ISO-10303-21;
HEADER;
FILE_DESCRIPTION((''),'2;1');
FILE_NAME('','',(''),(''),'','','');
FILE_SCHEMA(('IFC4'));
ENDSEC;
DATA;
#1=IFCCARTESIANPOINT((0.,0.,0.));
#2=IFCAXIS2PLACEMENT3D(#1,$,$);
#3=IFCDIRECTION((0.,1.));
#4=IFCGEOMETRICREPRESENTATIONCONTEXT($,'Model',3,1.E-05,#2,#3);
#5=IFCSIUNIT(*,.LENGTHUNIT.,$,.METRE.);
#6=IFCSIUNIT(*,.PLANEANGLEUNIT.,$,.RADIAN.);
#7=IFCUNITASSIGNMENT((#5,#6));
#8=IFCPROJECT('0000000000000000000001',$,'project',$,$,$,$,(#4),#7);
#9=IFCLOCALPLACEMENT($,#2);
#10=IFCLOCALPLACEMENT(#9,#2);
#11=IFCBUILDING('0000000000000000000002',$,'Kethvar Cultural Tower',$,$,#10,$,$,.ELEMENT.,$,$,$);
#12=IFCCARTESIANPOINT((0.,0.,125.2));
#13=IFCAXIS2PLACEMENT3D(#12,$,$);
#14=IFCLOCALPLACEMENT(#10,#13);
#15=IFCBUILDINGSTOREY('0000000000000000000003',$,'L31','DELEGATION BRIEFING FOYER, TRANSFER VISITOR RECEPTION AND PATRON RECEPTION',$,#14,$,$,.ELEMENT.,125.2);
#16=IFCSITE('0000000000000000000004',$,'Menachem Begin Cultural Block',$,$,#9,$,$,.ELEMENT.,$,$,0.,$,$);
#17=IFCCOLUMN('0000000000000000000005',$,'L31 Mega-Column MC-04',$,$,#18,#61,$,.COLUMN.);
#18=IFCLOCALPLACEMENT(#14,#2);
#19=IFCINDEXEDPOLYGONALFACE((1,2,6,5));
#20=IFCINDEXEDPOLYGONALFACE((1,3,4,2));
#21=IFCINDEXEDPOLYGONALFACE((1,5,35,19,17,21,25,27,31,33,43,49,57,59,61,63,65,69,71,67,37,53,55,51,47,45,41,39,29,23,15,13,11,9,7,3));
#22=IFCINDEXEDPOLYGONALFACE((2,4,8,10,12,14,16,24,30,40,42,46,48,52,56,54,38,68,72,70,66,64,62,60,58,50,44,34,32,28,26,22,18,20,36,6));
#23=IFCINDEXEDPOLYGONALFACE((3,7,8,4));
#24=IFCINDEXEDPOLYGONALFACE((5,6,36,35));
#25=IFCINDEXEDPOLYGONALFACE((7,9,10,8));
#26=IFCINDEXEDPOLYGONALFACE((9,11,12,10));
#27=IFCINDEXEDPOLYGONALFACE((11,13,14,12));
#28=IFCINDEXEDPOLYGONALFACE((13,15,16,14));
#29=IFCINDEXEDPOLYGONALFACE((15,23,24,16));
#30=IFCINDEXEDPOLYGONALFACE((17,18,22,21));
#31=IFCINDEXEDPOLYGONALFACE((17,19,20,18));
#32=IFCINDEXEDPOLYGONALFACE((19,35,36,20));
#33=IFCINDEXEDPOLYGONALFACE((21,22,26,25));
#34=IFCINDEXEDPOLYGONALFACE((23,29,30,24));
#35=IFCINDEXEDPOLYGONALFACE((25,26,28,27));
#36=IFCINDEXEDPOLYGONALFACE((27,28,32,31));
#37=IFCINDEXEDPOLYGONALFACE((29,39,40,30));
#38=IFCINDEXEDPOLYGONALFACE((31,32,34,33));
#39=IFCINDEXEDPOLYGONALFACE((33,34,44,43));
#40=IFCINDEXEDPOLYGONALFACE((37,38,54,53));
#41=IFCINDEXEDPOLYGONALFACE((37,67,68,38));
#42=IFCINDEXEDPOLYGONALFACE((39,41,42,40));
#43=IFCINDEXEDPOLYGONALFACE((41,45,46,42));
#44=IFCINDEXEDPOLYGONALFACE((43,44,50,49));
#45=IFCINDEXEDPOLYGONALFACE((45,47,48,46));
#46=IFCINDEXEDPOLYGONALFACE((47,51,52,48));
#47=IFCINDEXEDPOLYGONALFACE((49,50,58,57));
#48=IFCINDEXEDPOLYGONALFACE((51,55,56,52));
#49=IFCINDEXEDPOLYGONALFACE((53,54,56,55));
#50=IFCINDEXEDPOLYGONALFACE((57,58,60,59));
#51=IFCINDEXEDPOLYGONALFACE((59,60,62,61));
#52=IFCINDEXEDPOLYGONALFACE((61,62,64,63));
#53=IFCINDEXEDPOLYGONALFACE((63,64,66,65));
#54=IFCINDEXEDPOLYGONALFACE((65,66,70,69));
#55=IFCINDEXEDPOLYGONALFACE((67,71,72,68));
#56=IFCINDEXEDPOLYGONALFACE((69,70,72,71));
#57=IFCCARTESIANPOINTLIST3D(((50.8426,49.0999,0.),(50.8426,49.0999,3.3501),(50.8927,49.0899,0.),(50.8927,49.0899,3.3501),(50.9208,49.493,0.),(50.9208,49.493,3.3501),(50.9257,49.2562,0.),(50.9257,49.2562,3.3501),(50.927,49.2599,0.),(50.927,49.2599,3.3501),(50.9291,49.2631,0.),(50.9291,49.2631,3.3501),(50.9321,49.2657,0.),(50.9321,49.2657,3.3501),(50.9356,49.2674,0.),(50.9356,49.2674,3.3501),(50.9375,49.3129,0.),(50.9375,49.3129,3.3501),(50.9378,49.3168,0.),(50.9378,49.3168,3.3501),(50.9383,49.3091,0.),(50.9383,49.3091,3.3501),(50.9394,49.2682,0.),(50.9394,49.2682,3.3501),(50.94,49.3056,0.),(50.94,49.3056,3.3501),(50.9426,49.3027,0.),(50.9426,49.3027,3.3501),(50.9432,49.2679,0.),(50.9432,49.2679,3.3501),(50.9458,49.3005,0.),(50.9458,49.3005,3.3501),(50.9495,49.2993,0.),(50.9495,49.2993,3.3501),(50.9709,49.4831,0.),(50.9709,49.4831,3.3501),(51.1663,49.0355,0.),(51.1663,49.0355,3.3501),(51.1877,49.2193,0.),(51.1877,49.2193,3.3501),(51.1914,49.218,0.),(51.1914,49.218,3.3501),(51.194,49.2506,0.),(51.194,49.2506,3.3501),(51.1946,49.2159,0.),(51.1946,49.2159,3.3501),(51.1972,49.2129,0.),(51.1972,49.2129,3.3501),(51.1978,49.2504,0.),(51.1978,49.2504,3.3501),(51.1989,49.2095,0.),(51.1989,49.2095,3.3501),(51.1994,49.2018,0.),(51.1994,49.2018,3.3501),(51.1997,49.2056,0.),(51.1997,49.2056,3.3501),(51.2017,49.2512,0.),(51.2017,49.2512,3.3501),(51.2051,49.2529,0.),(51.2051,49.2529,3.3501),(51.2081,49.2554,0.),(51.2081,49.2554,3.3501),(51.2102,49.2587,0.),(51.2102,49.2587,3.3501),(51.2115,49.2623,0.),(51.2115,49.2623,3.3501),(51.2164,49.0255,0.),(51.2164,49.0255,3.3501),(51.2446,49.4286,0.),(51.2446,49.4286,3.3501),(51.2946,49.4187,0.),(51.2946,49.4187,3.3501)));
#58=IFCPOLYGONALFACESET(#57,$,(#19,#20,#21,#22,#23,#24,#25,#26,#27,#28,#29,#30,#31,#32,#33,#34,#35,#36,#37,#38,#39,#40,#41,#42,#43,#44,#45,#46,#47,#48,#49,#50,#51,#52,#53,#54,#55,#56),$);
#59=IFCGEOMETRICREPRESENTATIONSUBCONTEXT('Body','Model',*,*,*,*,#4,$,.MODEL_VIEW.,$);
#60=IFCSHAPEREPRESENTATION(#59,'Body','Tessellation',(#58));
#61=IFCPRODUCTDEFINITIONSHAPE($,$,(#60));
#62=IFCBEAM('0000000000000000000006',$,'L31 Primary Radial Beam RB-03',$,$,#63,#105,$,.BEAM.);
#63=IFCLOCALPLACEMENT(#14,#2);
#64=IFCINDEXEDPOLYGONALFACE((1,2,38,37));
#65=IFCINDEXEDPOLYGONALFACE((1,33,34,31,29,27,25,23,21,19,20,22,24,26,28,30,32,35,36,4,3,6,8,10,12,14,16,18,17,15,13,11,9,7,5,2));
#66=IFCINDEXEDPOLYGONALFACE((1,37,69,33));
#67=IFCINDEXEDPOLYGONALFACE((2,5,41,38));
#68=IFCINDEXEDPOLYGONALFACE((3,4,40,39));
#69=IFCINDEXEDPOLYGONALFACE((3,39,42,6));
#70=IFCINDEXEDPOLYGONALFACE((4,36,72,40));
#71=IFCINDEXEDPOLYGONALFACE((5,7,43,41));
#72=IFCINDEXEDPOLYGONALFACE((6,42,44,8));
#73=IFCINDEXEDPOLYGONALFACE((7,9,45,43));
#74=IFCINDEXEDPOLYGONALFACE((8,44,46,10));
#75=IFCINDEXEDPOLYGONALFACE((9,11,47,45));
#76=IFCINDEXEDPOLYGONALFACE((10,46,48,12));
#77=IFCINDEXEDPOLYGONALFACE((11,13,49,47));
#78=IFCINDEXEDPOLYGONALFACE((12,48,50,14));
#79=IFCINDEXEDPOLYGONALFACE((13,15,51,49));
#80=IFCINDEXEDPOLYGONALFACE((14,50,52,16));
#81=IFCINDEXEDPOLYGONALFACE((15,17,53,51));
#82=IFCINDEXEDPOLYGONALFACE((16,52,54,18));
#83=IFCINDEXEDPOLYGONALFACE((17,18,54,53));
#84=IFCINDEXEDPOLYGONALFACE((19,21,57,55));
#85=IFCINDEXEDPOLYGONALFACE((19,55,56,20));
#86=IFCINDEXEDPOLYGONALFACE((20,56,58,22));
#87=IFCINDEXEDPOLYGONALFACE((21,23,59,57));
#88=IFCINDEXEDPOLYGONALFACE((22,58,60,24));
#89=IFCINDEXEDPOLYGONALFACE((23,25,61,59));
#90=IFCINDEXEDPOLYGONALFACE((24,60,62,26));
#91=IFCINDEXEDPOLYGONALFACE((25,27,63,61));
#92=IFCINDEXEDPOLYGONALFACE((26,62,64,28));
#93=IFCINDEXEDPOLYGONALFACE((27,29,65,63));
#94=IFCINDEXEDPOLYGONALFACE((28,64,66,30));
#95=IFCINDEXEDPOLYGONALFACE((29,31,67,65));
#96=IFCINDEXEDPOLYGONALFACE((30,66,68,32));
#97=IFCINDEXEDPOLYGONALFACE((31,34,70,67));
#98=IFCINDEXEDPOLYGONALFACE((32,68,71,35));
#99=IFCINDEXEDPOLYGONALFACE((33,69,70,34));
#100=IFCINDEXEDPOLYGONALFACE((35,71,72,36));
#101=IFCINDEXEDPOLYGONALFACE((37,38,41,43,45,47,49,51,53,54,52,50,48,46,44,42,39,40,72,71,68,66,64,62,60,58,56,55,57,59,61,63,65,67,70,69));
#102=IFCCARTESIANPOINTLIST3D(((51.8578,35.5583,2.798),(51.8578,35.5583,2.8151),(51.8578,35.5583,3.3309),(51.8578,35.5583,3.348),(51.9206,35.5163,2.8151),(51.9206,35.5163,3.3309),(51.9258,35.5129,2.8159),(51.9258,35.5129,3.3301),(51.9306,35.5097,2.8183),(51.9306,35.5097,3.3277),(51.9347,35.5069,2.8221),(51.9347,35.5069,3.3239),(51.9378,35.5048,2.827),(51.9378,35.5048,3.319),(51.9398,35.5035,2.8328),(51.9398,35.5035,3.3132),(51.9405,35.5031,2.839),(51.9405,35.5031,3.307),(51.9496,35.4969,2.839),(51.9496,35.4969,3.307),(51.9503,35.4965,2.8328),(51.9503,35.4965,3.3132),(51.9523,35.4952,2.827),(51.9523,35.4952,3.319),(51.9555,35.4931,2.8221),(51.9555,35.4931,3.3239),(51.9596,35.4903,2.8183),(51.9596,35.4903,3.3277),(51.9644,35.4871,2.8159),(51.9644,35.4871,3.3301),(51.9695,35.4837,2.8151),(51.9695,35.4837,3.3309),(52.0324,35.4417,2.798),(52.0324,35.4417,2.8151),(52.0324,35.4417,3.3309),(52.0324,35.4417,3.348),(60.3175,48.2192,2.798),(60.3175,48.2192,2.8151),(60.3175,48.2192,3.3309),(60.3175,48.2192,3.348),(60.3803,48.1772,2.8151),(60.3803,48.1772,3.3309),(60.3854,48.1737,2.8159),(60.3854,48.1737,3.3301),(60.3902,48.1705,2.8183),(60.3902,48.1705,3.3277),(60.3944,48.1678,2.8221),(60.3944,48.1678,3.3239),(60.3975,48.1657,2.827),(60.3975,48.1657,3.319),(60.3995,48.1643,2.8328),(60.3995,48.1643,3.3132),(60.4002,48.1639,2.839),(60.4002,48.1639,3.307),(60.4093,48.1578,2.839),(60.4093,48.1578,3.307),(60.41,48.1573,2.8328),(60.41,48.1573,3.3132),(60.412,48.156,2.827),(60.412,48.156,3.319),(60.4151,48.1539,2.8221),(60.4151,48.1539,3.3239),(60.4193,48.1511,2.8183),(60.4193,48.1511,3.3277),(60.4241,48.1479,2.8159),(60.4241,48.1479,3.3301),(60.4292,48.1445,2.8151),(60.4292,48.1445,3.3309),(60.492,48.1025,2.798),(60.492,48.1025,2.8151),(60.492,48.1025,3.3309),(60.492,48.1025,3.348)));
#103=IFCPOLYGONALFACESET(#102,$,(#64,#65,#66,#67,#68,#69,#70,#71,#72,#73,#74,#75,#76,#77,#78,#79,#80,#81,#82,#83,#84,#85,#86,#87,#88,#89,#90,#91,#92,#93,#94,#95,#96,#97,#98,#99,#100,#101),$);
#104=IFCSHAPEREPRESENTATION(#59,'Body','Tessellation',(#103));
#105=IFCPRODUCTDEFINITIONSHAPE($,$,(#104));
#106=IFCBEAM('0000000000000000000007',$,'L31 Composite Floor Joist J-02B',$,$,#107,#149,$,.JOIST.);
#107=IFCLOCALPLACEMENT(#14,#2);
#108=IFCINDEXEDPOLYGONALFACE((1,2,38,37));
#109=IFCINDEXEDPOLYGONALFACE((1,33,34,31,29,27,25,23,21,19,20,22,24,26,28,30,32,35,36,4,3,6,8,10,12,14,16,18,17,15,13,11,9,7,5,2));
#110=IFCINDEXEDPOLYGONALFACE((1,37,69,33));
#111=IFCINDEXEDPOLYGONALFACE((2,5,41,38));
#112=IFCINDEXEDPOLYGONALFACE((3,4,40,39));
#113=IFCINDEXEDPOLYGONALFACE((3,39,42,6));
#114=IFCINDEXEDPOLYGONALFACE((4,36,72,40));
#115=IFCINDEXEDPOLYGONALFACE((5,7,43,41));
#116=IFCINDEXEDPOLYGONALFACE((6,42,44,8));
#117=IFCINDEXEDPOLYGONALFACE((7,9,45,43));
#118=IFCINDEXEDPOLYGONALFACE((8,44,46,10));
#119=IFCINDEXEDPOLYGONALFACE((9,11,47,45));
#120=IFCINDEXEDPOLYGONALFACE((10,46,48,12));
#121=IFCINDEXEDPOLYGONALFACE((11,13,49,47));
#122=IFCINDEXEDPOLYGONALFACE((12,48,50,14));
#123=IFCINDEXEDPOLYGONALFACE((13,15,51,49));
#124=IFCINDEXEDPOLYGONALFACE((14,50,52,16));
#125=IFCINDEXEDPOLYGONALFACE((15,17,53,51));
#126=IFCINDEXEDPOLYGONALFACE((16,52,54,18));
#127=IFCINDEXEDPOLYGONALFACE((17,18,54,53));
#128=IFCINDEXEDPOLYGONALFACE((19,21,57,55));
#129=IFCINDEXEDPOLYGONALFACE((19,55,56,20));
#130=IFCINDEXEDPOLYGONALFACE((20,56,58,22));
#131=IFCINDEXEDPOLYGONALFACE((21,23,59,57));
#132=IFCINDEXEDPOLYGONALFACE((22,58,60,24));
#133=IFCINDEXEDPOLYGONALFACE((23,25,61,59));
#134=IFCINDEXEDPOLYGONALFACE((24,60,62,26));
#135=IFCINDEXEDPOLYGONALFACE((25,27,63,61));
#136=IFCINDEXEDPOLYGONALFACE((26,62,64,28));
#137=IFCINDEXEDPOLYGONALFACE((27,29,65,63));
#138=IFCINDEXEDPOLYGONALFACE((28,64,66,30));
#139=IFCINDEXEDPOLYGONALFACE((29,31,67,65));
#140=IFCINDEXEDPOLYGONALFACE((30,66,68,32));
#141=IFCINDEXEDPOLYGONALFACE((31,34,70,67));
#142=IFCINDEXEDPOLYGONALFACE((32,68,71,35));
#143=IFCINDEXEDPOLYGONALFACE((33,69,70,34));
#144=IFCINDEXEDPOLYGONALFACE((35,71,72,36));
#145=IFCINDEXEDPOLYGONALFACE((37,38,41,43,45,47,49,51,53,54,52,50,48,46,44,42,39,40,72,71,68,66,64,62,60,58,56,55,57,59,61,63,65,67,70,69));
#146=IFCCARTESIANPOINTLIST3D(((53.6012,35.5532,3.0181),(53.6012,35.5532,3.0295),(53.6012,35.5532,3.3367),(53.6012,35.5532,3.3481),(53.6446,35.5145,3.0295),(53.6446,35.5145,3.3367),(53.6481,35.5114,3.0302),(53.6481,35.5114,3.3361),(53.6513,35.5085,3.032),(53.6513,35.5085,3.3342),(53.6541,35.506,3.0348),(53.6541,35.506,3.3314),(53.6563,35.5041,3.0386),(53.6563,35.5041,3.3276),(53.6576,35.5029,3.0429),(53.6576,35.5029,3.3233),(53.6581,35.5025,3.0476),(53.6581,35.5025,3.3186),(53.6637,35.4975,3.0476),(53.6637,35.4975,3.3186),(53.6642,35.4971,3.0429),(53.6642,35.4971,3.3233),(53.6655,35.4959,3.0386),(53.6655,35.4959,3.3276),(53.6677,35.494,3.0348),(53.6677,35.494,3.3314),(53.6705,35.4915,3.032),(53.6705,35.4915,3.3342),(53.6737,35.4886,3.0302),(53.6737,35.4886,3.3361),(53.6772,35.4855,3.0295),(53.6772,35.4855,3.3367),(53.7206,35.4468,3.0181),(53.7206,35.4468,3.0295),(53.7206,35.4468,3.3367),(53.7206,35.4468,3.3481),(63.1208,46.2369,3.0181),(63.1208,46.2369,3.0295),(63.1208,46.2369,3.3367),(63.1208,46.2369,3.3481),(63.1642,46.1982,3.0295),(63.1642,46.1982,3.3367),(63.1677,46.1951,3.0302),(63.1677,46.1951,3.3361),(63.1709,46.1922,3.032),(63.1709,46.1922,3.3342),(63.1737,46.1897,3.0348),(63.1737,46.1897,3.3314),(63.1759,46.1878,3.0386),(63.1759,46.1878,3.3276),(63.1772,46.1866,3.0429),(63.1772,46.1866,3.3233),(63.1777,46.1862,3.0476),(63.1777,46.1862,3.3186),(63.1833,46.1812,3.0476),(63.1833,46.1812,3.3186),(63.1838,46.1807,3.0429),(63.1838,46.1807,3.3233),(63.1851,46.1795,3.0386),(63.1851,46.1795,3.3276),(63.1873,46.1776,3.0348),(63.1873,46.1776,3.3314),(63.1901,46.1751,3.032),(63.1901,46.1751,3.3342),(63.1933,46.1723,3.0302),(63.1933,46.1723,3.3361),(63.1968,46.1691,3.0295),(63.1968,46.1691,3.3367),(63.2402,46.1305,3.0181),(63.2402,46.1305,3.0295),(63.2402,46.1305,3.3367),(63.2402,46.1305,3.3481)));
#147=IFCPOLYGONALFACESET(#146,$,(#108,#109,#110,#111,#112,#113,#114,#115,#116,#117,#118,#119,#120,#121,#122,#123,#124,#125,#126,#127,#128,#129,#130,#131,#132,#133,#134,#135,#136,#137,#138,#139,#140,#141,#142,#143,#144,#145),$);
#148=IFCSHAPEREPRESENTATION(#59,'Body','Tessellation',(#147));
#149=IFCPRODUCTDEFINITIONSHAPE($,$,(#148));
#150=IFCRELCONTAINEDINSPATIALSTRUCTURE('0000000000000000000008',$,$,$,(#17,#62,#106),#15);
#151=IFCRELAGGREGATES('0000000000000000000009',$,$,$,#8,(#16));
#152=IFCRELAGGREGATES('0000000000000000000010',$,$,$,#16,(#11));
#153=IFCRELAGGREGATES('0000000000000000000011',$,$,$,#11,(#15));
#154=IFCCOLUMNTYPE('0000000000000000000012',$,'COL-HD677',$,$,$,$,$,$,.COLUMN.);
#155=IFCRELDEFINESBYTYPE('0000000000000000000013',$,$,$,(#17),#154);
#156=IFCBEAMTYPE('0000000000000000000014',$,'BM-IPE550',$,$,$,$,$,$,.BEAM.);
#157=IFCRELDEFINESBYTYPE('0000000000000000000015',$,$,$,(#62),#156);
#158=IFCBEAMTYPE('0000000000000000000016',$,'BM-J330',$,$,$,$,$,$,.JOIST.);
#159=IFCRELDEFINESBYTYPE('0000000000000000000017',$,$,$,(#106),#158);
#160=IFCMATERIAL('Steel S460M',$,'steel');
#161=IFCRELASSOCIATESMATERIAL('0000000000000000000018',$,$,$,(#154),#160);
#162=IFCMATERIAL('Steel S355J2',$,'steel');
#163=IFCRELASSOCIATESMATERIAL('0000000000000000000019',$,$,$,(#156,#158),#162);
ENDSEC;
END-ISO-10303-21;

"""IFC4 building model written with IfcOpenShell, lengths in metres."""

from ifc_helpers import new_model, si_unit, direction, frame, origin, origin_2d, place, context, subcontext, project, spatial, i_section, extrude, source, transform, mapped, material, material_profile, profile_set, type_object, element, save


model = new_model("IFC4")

# Units and contexts
model_context = context("Model", 3, precision=1e-05, world=origin(), true_north=direction((0.0, 1.0)))
body_context = subcontext(model_context, "Body", "Model", "MODEL_VIEW")
ifc_project = project(units=[si_unit("LENGTHUNIT", "METRE"), si_unit("PLANEANGLEUNIT", "RADIAN")], contexts=[model_context])

# Site, building, storey
site_placement = place(None, origin())
site = spatial("IfcSite", under=ifc_project, at=site_placement, Name="Menachem Begin Cultural Block", CompositionType="ELEMENT", RefElevation=0.0)
building_placement = place(site_placement, origin())
building = spatial("IfcBuilding", under=site, at=building_placement, Name="Kethvar Cultural Tower", CompositionType="ELEMENT")
storey_placement = place(building_placement, frame((0.0, 0.0, 125.2)))
storey = spatial("IfcBuildingStorey", under=building, at=storey_placement, Name="L31", Description="DELEGATION BRIEFING FOYER, TRANSFER VISITOR RECEPTION AND PATRON RECEPTION", CompositionType="ELEMENT", Elevation=125.2)

# Column
ifc_material_1 = material(Name="Steel S460M", Category="steel")
ifc_material_profile_1 = material_profile(ifc_material_1, i_section(OverallWidth=0.4009, OverallDepth=0.3811, WebThickness=0.032, FlangeThickness=0.051, FilletRadius=0.0149, at=origin_2d()), Name="Steel S460M — HD400x677")
ifc_profile_set_1 = profile_set([ifc_material_profile_1], Name="Steel S460M — HD400x677")
column_type = type_object("IfcColumnType", Name="COL-HD677", PredefinedType="COLUMN", material=ifc_profile_set_1)
shared_shape_1 = source(origin(), body_context, "Body", "SweptSolid", [
    extrude(i_section(OverallWidth=0.4009, OverallDepth=0.3811, WebThickness=0.032, FlangeThickness=0.051, FilletRadius=0.0149, at=origin_2d()), origin(), (0.0, 0.0, 1.0), 3.3501),
])
column_placement = place(storey_placement, frame((51.0686, 49.2593, 0.0), z_axis=(0.0, 0.0, 1.0), x_axis=(0.19509, 0.980785, 0.0)))
element("IfcColumn", 1, at=column_placement, inside=storey, type_object=column_type, Name="L31 Mega-Column MC-04", PredefinedType="COLUMN", context=body_context, shape_type="MappedRepresentation", body=[
    mapped(shared_shape_1, transform((0.0, 0.0, 0.0), scale=1.0)),
])

# Beams
ifc_material_2 = material(Name="Steel S355J2", Category="steel")
ifc_material_profile_2 = material_profile(ifc_material_2, i_section(OverallWidth=0.21, OverallDepth=0.55, WebThickness=0.011, FlangeThickness=0.0171, FilletRadius=0.0239, at=origin_2d()), Name="Steel S355J2 — IPE550")
ifc_profile_set_2 = profile_set([ifc_material_profile_2], Name="Steel S355J2 — IPE550")
beam_type_1 = type_object("IfcBeamType", Name="BM-IPE550", PredefinedType="BEAM", material=ifc_profile_set_2)
shared_shape_2 = source(origin(), body_context, "Body", "SweptSolid", [
    extrude(i_section(OverallWidth=0.21, OverallDepth=0.55, WebThickness=0.011, FlangeThickness=0.0171, FilletRadius=0.0239, at=origin_2d()), origin(), (0.0, 0.0, 1.0), 15.2271),
])
beam_1_placement = place(storey_placement, frame((51.9451, 35.5, 3.073), z_axis=(0.555569, 0.83147, 0.0), x_axis=(-0.83147, 0.555569, 0.0)))
element("IfcBeam", 2, at=beam_1_placement, inside=storey, type_object=beam_type_1, Name="L31 Primary Radial Beam RB-03", PredefinedType="BEAM", context=body_context, shape_type="MappedRepresentation", body=[
    mapped(shared_shape_2, transform((0.0, 0.0, 0.0), scale=1.0)),
])
ifc_material_profile_3 = material_profile(ifc_material_2, i_section(OverallWidth=0.1599, OverallDepth=0.3301, WebThickness=0.0076, FlangeThickness=0.0115, FilletRadius=0.0181, at=origin_2d()), Name="Steel S355J2 — IPE330")
ifc_profile_set_3 = profile_set([ifc_material_profile_3], Name="Steel S355J2 — IPE330")
beam_type_2 = type_object("IfcBeamType", Name="BM-J330", PredefinedType="JOIST", material=ifc_profile_set_3)
shared_shape_3 = source(origin(), body_context, "Body", "SweptSolid", [
    extrude(i_section(OverallWidth=0.1599, OverallDepth=0.3301, WebThickness=0.0076, FlangeThickness=0.0115, FilletRadius=0.0181, at=origin_2d()), origin(), (0.0, 0.0, 1.0), 14.3096),
])
beam_2_placement = place(storey_placement, frame((53.6609, 35.5, 3.1831), z_axis=(0.665261, 0.746611, 0.0), x_axis=(-0.746611, 0.665261, 0.0)))
element("IfcBeam", 3, at=beam_2_placement, inside=storey, type_object=beam_type_2, Name="L31 Composite Floor Joist J-02B", PredefinedType="JOIST", context=body_context, shape_type="MappedRepresentation", body=[
    mapped(shared_shape_3, transform((0.0, 0.0, 0.0), scale=1.0)),
])

save(model, "model.ifc")
